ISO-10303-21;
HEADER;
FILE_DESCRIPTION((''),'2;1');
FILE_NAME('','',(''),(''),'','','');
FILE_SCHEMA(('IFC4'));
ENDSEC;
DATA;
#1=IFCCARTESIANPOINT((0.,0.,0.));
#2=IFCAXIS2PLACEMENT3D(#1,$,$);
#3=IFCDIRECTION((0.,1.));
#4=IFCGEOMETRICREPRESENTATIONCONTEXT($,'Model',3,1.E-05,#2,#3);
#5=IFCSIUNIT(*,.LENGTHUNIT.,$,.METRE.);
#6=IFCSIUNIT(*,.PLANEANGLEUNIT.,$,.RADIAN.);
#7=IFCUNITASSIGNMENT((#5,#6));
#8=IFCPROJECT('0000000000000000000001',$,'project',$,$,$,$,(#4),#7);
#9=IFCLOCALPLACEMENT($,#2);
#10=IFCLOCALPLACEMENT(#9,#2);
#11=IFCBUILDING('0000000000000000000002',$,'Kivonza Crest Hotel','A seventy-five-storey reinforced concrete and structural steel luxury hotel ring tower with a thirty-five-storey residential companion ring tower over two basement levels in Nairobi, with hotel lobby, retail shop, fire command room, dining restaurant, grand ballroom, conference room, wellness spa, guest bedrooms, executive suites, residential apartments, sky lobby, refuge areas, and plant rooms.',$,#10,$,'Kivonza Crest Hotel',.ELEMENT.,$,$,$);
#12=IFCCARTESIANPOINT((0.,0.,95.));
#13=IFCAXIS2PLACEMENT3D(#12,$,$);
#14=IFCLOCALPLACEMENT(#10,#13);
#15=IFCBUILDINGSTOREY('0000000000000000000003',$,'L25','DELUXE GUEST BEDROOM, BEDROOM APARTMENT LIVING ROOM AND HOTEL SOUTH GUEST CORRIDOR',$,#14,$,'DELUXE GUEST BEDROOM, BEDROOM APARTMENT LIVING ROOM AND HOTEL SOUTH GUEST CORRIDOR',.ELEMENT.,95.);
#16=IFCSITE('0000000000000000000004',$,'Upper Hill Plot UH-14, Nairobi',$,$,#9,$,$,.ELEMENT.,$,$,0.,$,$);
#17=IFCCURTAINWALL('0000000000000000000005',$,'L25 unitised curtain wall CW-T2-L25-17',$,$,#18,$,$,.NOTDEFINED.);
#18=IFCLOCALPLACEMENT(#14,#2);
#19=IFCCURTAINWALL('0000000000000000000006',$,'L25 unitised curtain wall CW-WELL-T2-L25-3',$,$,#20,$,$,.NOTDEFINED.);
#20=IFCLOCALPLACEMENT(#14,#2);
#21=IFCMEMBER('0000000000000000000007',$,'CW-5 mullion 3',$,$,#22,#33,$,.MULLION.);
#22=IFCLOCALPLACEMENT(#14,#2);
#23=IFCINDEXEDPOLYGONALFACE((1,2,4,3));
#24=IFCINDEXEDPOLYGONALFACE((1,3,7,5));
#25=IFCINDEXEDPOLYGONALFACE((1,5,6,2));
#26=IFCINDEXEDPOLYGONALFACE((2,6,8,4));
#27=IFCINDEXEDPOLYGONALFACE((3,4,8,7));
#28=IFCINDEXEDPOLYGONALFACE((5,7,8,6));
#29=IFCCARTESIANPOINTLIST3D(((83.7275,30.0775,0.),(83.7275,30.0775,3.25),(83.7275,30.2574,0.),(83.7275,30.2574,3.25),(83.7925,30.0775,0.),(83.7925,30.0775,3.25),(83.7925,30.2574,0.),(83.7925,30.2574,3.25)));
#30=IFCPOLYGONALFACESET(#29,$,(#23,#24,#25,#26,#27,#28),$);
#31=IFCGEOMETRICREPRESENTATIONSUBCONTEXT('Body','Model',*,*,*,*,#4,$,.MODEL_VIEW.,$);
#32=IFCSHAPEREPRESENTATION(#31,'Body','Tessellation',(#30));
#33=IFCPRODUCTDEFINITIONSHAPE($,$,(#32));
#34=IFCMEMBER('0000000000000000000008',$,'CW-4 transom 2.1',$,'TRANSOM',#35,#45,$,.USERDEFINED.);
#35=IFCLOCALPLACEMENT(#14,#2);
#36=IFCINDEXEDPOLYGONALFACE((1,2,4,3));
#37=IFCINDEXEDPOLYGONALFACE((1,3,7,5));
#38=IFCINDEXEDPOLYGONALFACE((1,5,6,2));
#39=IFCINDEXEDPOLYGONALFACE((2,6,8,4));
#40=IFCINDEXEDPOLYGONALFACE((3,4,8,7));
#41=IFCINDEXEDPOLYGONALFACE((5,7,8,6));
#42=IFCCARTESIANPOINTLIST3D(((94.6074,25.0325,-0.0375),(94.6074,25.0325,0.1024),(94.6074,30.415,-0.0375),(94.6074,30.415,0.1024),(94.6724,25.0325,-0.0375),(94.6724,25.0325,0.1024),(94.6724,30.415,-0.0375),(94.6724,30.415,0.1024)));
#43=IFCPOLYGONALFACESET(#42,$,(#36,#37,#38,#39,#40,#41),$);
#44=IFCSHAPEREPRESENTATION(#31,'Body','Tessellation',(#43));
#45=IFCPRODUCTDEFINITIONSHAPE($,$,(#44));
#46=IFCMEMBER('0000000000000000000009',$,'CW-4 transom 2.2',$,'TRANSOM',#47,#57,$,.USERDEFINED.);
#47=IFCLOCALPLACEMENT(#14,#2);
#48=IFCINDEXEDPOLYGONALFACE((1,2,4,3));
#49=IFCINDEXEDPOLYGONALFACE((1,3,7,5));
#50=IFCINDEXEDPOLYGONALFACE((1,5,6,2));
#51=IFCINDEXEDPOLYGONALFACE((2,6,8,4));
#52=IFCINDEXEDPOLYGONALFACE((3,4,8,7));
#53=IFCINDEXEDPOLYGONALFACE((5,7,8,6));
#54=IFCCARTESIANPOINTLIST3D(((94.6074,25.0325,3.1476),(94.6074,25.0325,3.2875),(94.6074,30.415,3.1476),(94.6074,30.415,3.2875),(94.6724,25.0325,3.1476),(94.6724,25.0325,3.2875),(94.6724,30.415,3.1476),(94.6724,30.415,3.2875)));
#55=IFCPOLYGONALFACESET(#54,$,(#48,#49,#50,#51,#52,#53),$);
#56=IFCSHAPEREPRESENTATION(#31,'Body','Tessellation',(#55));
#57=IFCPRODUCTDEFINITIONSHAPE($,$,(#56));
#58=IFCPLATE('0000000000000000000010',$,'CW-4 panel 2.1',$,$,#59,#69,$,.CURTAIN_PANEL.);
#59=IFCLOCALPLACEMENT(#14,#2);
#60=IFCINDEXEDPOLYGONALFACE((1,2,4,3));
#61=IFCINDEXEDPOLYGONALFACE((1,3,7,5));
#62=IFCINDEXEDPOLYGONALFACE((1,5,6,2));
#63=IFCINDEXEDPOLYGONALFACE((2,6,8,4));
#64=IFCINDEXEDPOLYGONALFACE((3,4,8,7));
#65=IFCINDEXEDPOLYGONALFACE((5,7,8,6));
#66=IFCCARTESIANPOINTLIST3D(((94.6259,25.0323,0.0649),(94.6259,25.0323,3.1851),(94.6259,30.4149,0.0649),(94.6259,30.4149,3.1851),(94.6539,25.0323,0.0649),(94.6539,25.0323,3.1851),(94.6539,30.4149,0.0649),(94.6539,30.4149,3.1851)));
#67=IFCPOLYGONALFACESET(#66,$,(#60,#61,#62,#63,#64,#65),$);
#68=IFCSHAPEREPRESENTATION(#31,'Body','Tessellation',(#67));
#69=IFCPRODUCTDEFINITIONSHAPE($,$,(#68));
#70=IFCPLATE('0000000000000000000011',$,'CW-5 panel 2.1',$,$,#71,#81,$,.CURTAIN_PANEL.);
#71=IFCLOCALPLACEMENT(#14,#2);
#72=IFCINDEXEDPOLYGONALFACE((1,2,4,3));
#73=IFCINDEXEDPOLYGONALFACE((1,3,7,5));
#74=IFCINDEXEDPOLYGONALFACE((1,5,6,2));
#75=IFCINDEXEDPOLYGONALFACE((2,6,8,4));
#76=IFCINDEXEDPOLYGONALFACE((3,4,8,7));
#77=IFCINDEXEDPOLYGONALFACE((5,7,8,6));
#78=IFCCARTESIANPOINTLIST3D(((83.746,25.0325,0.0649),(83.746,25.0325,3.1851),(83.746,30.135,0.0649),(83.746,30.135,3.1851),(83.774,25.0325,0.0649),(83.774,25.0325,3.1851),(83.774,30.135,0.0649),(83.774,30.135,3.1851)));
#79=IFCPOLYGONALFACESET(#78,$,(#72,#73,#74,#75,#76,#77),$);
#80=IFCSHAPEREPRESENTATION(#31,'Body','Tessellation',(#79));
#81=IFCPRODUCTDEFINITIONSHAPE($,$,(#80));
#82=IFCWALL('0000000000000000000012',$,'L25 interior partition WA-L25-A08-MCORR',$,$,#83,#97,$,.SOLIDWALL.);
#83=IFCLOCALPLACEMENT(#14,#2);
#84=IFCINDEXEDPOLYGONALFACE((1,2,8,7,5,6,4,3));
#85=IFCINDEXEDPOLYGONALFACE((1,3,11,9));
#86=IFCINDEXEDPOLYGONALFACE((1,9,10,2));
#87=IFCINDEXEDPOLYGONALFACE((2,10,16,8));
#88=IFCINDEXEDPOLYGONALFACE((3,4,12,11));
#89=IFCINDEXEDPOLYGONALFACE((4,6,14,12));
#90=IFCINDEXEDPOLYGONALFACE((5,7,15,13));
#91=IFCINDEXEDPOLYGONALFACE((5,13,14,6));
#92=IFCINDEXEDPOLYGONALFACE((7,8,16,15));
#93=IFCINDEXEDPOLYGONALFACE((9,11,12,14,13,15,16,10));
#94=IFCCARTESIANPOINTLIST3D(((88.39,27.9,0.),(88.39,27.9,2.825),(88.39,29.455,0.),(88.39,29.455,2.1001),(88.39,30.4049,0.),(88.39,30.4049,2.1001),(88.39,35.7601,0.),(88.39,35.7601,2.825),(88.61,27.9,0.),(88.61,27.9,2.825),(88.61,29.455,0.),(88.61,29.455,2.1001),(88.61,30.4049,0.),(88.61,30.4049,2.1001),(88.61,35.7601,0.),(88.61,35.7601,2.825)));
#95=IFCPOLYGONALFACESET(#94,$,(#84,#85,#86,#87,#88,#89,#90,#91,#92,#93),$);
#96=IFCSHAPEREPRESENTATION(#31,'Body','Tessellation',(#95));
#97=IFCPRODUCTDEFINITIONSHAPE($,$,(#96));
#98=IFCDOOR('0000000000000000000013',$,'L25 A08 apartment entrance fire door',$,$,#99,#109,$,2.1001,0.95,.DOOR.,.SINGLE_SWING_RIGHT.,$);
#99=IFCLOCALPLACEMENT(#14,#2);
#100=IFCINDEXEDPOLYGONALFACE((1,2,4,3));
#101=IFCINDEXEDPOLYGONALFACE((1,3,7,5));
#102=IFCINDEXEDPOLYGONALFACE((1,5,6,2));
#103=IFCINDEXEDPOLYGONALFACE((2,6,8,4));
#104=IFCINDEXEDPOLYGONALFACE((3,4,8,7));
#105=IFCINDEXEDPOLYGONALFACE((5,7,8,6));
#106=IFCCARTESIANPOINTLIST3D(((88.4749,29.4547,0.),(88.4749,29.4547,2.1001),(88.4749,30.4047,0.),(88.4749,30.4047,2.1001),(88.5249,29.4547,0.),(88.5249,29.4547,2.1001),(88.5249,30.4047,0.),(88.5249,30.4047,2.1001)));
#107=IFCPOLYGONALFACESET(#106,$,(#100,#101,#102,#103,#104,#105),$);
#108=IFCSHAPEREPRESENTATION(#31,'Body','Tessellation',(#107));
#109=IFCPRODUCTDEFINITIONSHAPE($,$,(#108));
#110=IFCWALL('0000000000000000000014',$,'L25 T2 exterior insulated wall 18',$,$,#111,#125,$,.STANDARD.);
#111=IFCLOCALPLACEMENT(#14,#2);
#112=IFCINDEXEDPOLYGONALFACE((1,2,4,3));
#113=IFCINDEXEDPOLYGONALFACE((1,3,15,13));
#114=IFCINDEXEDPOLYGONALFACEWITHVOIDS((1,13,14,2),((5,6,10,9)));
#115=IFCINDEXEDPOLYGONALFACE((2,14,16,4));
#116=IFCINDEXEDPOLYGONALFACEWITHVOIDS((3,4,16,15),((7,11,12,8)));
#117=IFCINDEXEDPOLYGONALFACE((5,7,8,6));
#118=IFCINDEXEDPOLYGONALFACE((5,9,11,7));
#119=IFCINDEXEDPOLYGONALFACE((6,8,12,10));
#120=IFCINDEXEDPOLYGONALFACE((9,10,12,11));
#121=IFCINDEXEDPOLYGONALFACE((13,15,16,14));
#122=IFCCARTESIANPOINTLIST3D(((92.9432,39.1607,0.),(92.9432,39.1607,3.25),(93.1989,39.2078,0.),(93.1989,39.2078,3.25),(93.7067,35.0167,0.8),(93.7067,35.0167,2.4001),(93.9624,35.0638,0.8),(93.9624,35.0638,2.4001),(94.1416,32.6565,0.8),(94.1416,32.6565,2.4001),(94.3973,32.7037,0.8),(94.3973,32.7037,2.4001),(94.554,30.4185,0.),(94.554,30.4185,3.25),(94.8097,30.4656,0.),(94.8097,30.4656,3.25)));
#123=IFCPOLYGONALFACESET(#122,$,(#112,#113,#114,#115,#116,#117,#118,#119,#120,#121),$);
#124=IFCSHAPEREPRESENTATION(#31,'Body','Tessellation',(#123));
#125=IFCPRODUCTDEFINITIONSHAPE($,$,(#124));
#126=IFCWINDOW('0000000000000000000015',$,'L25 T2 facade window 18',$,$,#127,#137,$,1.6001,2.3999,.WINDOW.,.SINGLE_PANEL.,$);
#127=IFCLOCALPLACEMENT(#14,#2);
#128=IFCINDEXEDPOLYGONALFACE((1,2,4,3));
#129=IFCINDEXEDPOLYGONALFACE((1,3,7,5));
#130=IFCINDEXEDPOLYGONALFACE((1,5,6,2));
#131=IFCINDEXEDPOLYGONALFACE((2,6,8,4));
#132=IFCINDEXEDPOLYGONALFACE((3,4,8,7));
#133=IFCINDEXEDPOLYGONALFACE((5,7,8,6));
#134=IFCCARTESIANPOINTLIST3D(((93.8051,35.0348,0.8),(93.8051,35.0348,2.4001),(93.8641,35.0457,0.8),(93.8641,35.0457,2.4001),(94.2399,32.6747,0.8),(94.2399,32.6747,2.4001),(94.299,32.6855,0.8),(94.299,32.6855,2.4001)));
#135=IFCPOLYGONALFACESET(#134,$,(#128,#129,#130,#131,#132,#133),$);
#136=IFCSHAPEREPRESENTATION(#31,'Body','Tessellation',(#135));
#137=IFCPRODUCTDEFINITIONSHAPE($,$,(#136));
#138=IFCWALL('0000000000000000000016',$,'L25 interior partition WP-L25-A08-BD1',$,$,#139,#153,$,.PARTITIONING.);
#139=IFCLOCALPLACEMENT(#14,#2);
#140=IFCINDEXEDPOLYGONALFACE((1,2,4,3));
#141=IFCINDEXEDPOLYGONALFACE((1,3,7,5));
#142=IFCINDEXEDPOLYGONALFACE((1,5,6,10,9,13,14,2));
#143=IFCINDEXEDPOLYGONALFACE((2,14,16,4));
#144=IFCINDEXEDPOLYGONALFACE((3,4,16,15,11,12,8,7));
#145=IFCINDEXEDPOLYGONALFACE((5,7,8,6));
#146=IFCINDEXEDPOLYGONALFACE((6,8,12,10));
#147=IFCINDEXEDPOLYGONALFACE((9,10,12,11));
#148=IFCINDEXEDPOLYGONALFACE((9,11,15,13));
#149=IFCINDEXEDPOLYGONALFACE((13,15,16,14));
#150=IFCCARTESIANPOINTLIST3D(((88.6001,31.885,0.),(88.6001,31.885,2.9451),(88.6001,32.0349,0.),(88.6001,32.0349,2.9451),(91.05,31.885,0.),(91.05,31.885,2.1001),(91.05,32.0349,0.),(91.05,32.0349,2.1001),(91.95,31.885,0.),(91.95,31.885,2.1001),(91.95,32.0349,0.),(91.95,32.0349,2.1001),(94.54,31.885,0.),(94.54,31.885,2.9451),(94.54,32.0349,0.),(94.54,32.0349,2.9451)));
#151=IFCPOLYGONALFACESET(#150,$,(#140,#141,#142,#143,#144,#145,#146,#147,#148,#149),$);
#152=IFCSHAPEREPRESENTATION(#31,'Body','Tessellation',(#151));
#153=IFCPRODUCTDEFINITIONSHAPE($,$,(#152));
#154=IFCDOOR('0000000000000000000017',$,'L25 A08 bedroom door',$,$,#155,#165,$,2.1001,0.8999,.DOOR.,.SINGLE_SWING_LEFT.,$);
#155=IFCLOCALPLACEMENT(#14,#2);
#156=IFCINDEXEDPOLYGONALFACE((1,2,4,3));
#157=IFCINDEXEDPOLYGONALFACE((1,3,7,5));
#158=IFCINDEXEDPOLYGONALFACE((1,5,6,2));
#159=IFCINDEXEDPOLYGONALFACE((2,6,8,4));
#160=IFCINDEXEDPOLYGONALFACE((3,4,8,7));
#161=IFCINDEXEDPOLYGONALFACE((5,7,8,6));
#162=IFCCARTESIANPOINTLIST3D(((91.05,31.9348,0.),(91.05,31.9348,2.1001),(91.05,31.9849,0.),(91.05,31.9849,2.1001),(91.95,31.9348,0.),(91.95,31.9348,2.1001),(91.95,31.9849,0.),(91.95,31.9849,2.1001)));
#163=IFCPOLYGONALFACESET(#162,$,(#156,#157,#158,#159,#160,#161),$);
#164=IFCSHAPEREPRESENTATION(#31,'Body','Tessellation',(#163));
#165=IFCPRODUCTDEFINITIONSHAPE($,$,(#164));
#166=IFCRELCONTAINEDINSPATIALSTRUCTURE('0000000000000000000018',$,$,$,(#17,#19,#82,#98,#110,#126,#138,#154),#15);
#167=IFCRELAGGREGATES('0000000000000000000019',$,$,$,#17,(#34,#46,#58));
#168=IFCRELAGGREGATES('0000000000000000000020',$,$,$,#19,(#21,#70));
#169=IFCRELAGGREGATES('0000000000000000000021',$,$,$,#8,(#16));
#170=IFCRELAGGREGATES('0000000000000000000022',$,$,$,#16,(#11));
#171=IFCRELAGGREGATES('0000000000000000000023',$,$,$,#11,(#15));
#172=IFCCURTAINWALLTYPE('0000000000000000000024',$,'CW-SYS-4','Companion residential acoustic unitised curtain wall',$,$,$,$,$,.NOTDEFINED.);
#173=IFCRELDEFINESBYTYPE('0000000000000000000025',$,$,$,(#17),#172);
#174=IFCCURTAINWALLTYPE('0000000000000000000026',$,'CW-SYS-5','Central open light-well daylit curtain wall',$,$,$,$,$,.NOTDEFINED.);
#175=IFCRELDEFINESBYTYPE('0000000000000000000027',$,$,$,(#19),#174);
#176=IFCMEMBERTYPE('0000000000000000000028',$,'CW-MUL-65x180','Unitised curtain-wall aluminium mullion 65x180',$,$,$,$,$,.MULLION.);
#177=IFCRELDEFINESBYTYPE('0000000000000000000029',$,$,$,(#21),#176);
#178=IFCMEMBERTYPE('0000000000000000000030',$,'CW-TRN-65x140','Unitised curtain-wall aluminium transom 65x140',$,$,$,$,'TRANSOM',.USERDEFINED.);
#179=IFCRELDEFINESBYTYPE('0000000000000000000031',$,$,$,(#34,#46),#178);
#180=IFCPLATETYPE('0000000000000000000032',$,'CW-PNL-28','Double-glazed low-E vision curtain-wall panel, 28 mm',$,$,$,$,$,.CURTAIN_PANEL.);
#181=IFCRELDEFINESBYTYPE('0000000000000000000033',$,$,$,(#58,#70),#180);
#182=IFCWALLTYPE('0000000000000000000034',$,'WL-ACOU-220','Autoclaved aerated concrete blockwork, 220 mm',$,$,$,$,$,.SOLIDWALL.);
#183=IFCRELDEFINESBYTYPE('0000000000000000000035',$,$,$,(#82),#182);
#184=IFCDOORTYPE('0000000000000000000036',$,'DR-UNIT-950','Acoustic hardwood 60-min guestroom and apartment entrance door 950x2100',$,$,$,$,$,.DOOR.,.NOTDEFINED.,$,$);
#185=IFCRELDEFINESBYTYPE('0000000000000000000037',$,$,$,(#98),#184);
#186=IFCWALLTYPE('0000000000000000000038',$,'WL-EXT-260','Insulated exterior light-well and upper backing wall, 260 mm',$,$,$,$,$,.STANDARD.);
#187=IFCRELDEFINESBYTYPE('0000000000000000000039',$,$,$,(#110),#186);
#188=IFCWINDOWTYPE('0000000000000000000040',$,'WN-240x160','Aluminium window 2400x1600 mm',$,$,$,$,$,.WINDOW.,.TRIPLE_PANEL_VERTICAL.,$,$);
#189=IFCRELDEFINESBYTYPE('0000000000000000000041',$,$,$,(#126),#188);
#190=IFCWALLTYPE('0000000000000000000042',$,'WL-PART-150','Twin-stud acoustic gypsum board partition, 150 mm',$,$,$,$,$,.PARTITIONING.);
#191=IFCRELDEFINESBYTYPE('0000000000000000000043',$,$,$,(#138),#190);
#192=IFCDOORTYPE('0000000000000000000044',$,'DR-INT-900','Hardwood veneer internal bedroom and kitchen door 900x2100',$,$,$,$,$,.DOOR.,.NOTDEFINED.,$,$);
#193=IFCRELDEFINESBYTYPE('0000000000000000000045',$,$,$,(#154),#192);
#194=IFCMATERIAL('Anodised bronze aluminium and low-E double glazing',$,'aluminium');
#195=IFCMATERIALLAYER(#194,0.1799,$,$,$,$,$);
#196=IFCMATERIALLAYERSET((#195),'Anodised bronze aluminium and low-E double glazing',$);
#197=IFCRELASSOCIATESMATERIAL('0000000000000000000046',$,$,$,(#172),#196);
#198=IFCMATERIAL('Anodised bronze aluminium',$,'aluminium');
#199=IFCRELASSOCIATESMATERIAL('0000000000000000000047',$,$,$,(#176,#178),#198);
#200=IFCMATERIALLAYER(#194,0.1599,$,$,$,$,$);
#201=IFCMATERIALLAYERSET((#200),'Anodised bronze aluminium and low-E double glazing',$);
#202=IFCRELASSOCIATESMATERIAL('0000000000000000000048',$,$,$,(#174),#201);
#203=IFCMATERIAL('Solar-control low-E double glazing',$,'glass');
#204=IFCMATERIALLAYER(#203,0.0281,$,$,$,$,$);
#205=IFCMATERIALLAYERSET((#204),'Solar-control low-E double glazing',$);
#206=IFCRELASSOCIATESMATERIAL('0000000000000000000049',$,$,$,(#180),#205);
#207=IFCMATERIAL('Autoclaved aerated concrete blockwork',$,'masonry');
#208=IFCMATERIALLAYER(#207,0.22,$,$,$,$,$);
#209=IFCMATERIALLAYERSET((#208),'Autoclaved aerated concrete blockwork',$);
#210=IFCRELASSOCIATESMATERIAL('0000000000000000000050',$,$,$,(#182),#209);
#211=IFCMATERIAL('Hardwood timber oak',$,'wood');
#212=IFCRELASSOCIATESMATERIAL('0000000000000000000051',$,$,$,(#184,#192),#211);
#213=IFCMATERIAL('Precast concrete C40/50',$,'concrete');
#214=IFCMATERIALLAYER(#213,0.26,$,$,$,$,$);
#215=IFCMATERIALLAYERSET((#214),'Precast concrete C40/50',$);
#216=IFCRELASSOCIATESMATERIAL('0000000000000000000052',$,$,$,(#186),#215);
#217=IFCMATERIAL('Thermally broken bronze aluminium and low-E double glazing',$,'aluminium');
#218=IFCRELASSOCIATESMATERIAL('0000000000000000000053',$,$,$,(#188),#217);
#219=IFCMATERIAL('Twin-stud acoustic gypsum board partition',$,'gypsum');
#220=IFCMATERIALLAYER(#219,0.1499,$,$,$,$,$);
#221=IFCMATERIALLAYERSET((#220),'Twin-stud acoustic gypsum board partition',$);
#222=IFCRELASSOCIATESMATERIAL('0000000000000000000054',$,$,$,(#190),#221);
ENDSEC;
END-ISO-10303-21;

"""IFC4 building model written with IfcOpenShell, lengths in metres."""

from ifc_helpers import new_model, si_unit, direction, frame, frame_2d, origin, origin_2d, place, context, subcontext, project, spatial, rectangle, extrude, material, layer, layer_set, material_profile, profile_set, type_object, element, fill, aggregate, save


model = new_model("IFC4")

# Units and contexts
model_context = context("Model", 3, precision=1e-05, world=origin(), true_north=direction((0.0, 1.0)))
body_context = subcontext(model_context, "Body", "Model", "MODEL_VIEW")
ifc_project = project(units=[si_unit("LENGTHUNIT", "METRE"), si_unit("PLANEANGLEUNIT", "RADIAN")], contexts=[model_context])

# Site, building, storey
site_placement = place(None, origin())
site = spatial("IfcSite", under=ifc_project, at=site_placement, Name="Upper Hill Plot UH-14, Nairobi", CompositionType="ELEMENT", RefElevation=0.0)
building_placement = place(site_placement, origin())
building = spatial("IfcBuilding", under=site, at=building_placement, Name="Kivonza Crest Hotel", Description="A seventy-five-storey reinforced concrete and structural steel luxury hotel ring tower with a thirty-five-storey residential companion ring tower over two basement levels in Nairobi, with hotel lobby, retail shop, fire command room, dining restaurant, grand ballroom, conference room, wellness spa, guest bedrooms, executive suites, residential apartments, sky lobby, refuge areas, and plant rooms.", LongName="Kivonza Crest Hotel", CompositionType="ELEMENT")
storey_placement = place(building_placement, frame((0.0, 0.0, 95.0)))
storey = spatial("IfcBuildingStorey", under=building, at=storey_placement, Name="L25", Description="DELUXE GUEST BEDROOM, BEDROOM APARTMENT LIVING ROOM AND HOTEL SOUTH GUEST CORRIDOR", LongName="DELUXE GUEST BEDROOM, BEDROOM APARTMENT LIVING ROOM AND HOTEL SOUTH GUEST CORRIDOR", CompositionType="ELEMENT", Elevation=95.0)

# Curtain walls, member
ifc_material_1 = material(Name="Anodised bronze aluminium and low-E double glazing", Category="aluminium")
ifc_layer_1 = layer(ifc_material_1, 0.1799)
ifc_layer_set_1 = layer_set([ifc_layer_1], Name="Anodised bronze aluminium and low-E double glazing")
curtain_wall_type_1 = type_object("IfcCurtainWallType", Name="CW-SYS-4", Description="Companion residential acoustic unitised curtain wall", PredefinedType="NOTDEFINED", material=ifc_layer_set_1)
curtain_wall_1_placement = place(storey_placement, origin())
curtain_wall_1 = element("IfcCurtainWall", 1, at=curtain_wall_1_placement, inside=storey, type_object=curtain_wall_type_1, Name="L25 unitised curtain wall CW-T2-L25-17", PredefinedType="NOTDEFINED")
ifc_material_2 = material(Name="Anodised bronze aluminium", Category="aluminium")
ifc_material_profile_1 = material_profile(ifc_material_2, rectangle(XDim=0.0649, YDim=0.1799, at=origin_2d()), Name="CW-M 65x180")
ifc_profile_set_1 = profile_set([ifc_material_profile_1], Name="Anodised bronze aluminium")
member_type_1 = type_object("IfcMemberType", Name="CW-MUL-65x180", Description="Unitised curtain-wall aluminium mullion 65x180", PredefinedType="MULLION", material=ifc_profile_set_1)
ifc_layer_2 = layer(ifc_material_1, 0.1599)
ifc_layer_set_2 = layer_set([ifc_layer_2], Name="Anodised bronze aluminium and low-E double glazing")
curtain_wall_type_2 = type_object("IfcCurtainWallType", Name="CW-SYS-5", Description="Central open light-well daylit curtain wall", PredefinedType="NOTDEFINED", material=ifc_layer_set_2)
curtain_wall_2_placement = place(storey_placement, origin())
curtain_wall_2 = element("IfcCurtainWall", 2, at=curtain_wall_2_placement, inside=storey, type_object=curtain_wall_type_2, Name="L25 unitised curtain wall CW-WELL-T2-L25-3", PredefinedType="NOTDEFINED")
member_1_placement = place(storey_placement, frame((83.76, 30.1675, 0.0), z_axis=(0.0, 0.0, 1.0), x_axis=(-1.0, 0.0, 0.0)))
member_1 = element("IfcMember", 3, at=member_1_placement, type_object=member_type_1, Name="CW-5 mullion 3", PredefinedType="MULLION", context=body_context, shape_type="SweptSolid", body=[
    extrude(rectangle(XDim=0.0649, YDim=0.1799, at=origin_2d()), origin(), (0.0, 0.0, 1.0), 3.25),
])

# Members
ifc_material_profile_2 = material_profile(ifc_material_2, rectangle(XDim=0.0649, YDim=0.1399, at=origin_2d()), Name="CW-T 65x140")
ifc_profile_set_2 = profile_set([ifc_material_profile_2], Name="Anodised bronze aluminium")
member_type_2 = type_object("IfcMemberType", Name="CW-TRN-65x140", Description="Unitised curtain-wall aluminium transom 65x140", ElementType="TRANSOM", PredefinedType="USERDEFINED", material=ifc_profile_set_2)
member_2_placement = place(storey_placement, frame((94.6399, 25.0325, 0.0325), z_axis=(0.0, 1.0, 0.0), x_axis=(-1.0, 0.0, 0.0)))
member_2 = element("IfcMember", 4, at=member_2_placement, type_object=member_type_2, Name="CW-4 transom 2.1", ObjectType="TRANSOM", PredefinedType="USERDEFINED", context=body_context, shape_type="SweptSolid", body=[
    extrude(rectangle(XDim=0.0649, YDim=0.1399, at=origin_2d()), origin(), (0.0, 0.0, 1.0), 5.3826),
])
member_3_placement = place(storey_placement, frame((94.6399, 25.0325, 3.2175), z_axis=(0.0, 1.0, 0.0), x_axis=(-1.0, 0.0, 0.0)))
member_3 = element("IfcMember", 5, at=member_3_placement, type_object=member_type_2, Name="CW-4 transom 2.2", ObjectType="TRANSOM", PredefinedType="USERDEFINED", context=body_context, shape_type="SweptSolid", body=[
    extrude(rectangle(XDim=0.0649, YDim=0.1399, at=origin_2d()), origin(), (0.0, 0.0, 1.0), 5.3826),
])

# Plates
ifc_material_3 = material(Name="Solar-control low-E double glazing", Category="glass")
ifc_layer_3 = layer(ifc_material_3, 0.0281)
ifc_layer_set_3 = layer_set([ifc_layer_3], Name="Solar-control low-E double glazing")
plate_type = type_object("IfcPlateType", Name="CW-PNL-28", Description="Double-glazed low-E vision curtain-wall panel, 28 mm", PredefinedType="CURTAIN_PANEL", material=ifc_layer_set_3)
plate_1_placement = place(storey_placement, frame((94.6399, 27.7236, 0.0649), z_axis=(0.0, 0.0, 1.0), x_axis=(0.0, 1.0, 0.0)))
plate_1 = element("IfcPlate", 6, at=plate_1_placement, type_object=plate_type, Name="CW-4 panel 2.1", PredefinedType="CURTAIN_PANEL", context=body_context, shape_type="SweptSolid", body=[
    extrude(rectangle(XDim=5.3826, YDim=0.0281, at=origin_2d()), origin(), (0.0, 0.0, 1.0), 3.1201),
])
aggregate(curtain_wall_1, [member_2, member_3, plate_1])
plate_2_placement = place(storey_placement, frame((83.76, 27.5837, 0.0649), z_axis=(0.0, 0.0, 1.0), x_axis=(0.0, 1.0, 0.0)))
plate_2 = element("IfcPlate", 7, at=plate_2_placement, type_object=plate_type, Name="CW-5 panel 2.1", PredefinedType="CURTAIN_PANEL", context=body_context, shape_type="SweptSolid", body=[
    extrude(rectangle(XDim=5.1025, YDim=0.0281, at=origin_2d()), origin(), (0.0, 0.0, 1.0), 3.1201),
])
aggregate(curtain_wall_2, [member_1, plate_2])

# Wall, opening, door
ifc_material_4 = material(Name="Autoclaved aerated concrete blockwork", Category="masonry")
ifc_layer_4 = layer(ifc_material_4, 0.22)
ifc_layer_set_4 = layer_set([ifc_layer_4], Name="Autoclaved aerated concrete blockwork")
wall_type_1 = type_object("IfcWallType", Name="WL-ACOU-220", Description="Autoclaved aerated concrete blockwork, 220 mm", PredefinedType="SOLIDWALL", material=ifc_layer_set_4)
wall_1_placement = place(storey_placement, frame((88.5, 27.8999, 0.0), z_axis=(0.0, 0.0, 1.0), x_axis=(0.0, 1.0, 0.0)))
wall_1 = element("IfcWall", 8, at=wall_1_placement, inside=storey, type_object=wall_type_1, Name="L25 interior partition WA-L25-A08-MCORR", PredefinedType="SOLIDWALL", context=body_context, shape_type="SweptSolid", body=[
    extrude(rectangle(XDim=7.8601, YDim=0.22, at=frame_2d((3.9302, 0.0))), origin(), (0.0, 0.0, 1.0), 2.825),
])
opening_1_placement = place(wall_1_placement, frame((1.5549, 0.0, 0.0)))
opening_1 = element("IfcOpeningElement", 9, at=opening_1_placement, cuts=wall_1, PredefinedType="OPENING", context=body_context, shape_type="SweptSolid", body=[
    extrude(rectangle(XDim=0.95, YDim=2.1001, at=frame_2d((0.4751, 1.05))), frame((0.0, 0.1201, 0.0), z_axis=(0.0, -1.0, 0.0), x_axis=(1.0, 0.0, 0.0)), (0.0, 0.0, 1.0), 0.24),
])
ifc_material_5 = material(Name="Hardwood timber oak", Category="wood")
door_type_1 = type_object("IfcDoorType", Name="DR-UNIT-950", Description="Acoustic hardwood 60-min guestroom and apartment entrance door 950x2100", OperationType="NOTDEFINED", PredefinedType="DOOR", material=ifc_material_5)
door_1_placement = place(opening_1_placement, frame((0.95, 0.0, 0.0), z_axis=(0.0, 0.0, 1.0), x_axis=(-1.0, 0.0, 0.0)))
door_1 = element("IfcDoor", 10, at=door_1_placement, inside=storey, type_object=door_type_1, Name="L25 A08 apartment entrance fire door", OperationType="SINGLE_SWING_RIGHT", OverallHeight=2.1001, OverallWidth=0.95, PredefinedType="DOOR", context=body_context, shape_type="SweptSolid", body=[
    extrude(rectangle(XDim=0.95, YDim=2.1001, at=frame_2d((0.4751, 1.05))), frame((0.0, 0.0249, 0.0), z_axis=(0.0, -1.0, 0.0), x_axis=(1.0, 0.0, 0.0)), (0.0, 0.0, 1.0), 0.05),
])
fill(opening_1, door_1)

# Wall, opening, window
ifc_material_6 = material(Name="Precast concrete C40/50", Category="concrete")
ifc_layer_5 = layer(ifc_material_6, 0.26)
ifc_layer_set_5 = layer_set([ifc_layer_5], Name="Precast concrete C40/50")
wall_type_2 = type_object("IfcWallType", Name="WL-EXT-260", Description="Insulated exterior light-well and upper backing wall, 260 mm", PredefinedType="STANDARD", material=ifc_layer_set_5)
wall_2_placement = place(storey_placement, frame((94.6819, 30.4419, 0.0), z_axis=(0.0, 0.0, 1.0), x_axis=(-0.18121, 0.983444, 0.0)))
wall_2 = element("IfcWall", 11, at=wall_2_placement, inside=storey, type_object=wall_type_2, Name="L25 T2 exterior insulated wall 18", PredefinedType="STANDARD", context=body_context, shape_type="SweptSolid", body=[
    extrude(rectangle(XDim=8.8894, YDim=0.26, at=frame_2d((4.4448, 0.0))), origin(), (0.0, 0.0, 1.0), 3.25),
])
opening_2_placement = place(wall_2_placement, frame((2.2759, 0.0, 0.8)))
opening_2 = element("IfcOpeningElement", 12, at=opening_2_placement, cuts=wall_2, PredefinedType="OPENING", context=body_context, shape_type="SweptSolid", body=[
    extrude(rectangle(XDim=2.3999, YDim=1.6001, at=frame_2d((1.2, 0.8))), frame((0.0, 0.1401, 0.0), z_axis=(0.0, -1.0, 0.0), x_axis=(1.0, 0.0, 0.0)), (0.0, 0.0, 1.0), 0.28),
])
ifc_material_7 = material(Name="Thermally broken bronze aluminium and low-E double glazing", Category="aluminium")
window_type = type_object("IfcWindowType", Name="WN-240x160", Description="Aluminium window 2400x1600 mm", PartitioningType="TRIPLE_PANEL_VERTICAL", PredefinedType="WINDOW", material=ifc_material_7)
window_placement = place(opening_2_placement, origin())
window = element("IfcWindow", 13, at=window_placement, inside=storey, type_object=window_type, Name="L25 T2 facade window 18", OverallHeight=1.6001, OverallWidth=2.3999, PartitioningType="SINGLE_PANEL", PredefinedType="WINDOW", context=body_context, shape_type="SweptSolid", body=[
    extrude(rectangle(XDim=2.3999, YDim=1.6001, at=frame_2d((1.2, 0.8))), frame((0.0, 0.03, 0.0), z_axis=(0.0, -1.0, 0.0), x_axis=(1.0, 0.0, 0.0)), (0.0, 0.0, 1.0), 0.0601),
])
fill(opening_2, window)

# Wall, opening, door
ifc_material_8 = material(Name="Twin-stud acoustic gypsum board partition", Category="gypsum")
ifc_layer_6 = layer(ifc_material_8, 0.1499)
ifc_layer_set_6 = layer_set([ifc_layer_6], Name="Twin-stud acoustic gypsum board partition")
wall_type_3 = type_object("IfcWallType", Name="WL-PART-150", Description="Twin-stud acoustic gypsum board partition, 150 mm", PredefinedType="PARTITIONING", material=ifc_layer_set_6)
wall_3_placement = place(storey_placement, frame((88.6001, 31.96, 0.0), z_axis=(0.0, 0.0, 1.0), x_axis=(1.0, 0.0, 0.0)))
wall_3 = element("IfcWall", 14, at=wall_3_placement, inside=storey, type_object=wall_type_3, Name="L25 interior partition WP-L25-A08-BD1", PredefinedType="PARTITIONING", context=body_context, shape_type="SweptSolid", body=[
    extrude(rectangle(XDim=5.9399, YDim=0.1499, at=frame_2d((2.97, 0.0))), origin(), (0.0, 0.0, 1.0), 2.9451),
])
opening_3_placement = place(wall_3_placement, frame((2.45, 0.0, 0.0)))
opening_3 = element("IfcOpeningElement", 15, at=opening_3_placement, cuts=wall_3, PredefinedType="OPENING", context=body_context, shape_type="SweptSolid", body=[
    extrude(rectangle(XDim=0.8999, YDim=2.1001, at=frame_2d((0.45, 1.05))), frame((0.0, 0.085, 0.0), z_axis=(0.0, -1.0, 0.0), x_axis=(1.0, 0.0, 0.0)), (0.0, 0.0, 1.0), 0.1699),
])
door_type_2 = type_object("IfcDoorType", Name="DR-INT-900", Description="Hardwood veneer internal bedroom and kitchen door 900x2100", OperationType="NOTDEFINED", PredefinedType="DOOR", material=ifc_material_5)
door_2_placement = place(opening_3_placement, origin())
door_2 = element("IfcDoor", 16, at=door_2_placement, inside=storey, type_object=door_type_2, Name="L25 A08 bedroom door", OperationType="SINGLE_SWING_LEFT", OverallHeight=2.1001, OverallWidth=0.8999, PredefinedType="DOOR", context=body_context, shape_type="SweptSolid", body=[
    extrude(rectangle(XDim=0.8999, YDim=2.1001, at=frame_2d((0.45, 1.05))), frame((0.0, 0.0249, 0.0), z_axis=(0.0, -1.0, 0.0), x_axis=(1.0, 0.0, 0.0)), (0.0, 0.0, 1.0), 0.05),
])
fill(opening_3, door_2)

save(model, "model.ifc")
